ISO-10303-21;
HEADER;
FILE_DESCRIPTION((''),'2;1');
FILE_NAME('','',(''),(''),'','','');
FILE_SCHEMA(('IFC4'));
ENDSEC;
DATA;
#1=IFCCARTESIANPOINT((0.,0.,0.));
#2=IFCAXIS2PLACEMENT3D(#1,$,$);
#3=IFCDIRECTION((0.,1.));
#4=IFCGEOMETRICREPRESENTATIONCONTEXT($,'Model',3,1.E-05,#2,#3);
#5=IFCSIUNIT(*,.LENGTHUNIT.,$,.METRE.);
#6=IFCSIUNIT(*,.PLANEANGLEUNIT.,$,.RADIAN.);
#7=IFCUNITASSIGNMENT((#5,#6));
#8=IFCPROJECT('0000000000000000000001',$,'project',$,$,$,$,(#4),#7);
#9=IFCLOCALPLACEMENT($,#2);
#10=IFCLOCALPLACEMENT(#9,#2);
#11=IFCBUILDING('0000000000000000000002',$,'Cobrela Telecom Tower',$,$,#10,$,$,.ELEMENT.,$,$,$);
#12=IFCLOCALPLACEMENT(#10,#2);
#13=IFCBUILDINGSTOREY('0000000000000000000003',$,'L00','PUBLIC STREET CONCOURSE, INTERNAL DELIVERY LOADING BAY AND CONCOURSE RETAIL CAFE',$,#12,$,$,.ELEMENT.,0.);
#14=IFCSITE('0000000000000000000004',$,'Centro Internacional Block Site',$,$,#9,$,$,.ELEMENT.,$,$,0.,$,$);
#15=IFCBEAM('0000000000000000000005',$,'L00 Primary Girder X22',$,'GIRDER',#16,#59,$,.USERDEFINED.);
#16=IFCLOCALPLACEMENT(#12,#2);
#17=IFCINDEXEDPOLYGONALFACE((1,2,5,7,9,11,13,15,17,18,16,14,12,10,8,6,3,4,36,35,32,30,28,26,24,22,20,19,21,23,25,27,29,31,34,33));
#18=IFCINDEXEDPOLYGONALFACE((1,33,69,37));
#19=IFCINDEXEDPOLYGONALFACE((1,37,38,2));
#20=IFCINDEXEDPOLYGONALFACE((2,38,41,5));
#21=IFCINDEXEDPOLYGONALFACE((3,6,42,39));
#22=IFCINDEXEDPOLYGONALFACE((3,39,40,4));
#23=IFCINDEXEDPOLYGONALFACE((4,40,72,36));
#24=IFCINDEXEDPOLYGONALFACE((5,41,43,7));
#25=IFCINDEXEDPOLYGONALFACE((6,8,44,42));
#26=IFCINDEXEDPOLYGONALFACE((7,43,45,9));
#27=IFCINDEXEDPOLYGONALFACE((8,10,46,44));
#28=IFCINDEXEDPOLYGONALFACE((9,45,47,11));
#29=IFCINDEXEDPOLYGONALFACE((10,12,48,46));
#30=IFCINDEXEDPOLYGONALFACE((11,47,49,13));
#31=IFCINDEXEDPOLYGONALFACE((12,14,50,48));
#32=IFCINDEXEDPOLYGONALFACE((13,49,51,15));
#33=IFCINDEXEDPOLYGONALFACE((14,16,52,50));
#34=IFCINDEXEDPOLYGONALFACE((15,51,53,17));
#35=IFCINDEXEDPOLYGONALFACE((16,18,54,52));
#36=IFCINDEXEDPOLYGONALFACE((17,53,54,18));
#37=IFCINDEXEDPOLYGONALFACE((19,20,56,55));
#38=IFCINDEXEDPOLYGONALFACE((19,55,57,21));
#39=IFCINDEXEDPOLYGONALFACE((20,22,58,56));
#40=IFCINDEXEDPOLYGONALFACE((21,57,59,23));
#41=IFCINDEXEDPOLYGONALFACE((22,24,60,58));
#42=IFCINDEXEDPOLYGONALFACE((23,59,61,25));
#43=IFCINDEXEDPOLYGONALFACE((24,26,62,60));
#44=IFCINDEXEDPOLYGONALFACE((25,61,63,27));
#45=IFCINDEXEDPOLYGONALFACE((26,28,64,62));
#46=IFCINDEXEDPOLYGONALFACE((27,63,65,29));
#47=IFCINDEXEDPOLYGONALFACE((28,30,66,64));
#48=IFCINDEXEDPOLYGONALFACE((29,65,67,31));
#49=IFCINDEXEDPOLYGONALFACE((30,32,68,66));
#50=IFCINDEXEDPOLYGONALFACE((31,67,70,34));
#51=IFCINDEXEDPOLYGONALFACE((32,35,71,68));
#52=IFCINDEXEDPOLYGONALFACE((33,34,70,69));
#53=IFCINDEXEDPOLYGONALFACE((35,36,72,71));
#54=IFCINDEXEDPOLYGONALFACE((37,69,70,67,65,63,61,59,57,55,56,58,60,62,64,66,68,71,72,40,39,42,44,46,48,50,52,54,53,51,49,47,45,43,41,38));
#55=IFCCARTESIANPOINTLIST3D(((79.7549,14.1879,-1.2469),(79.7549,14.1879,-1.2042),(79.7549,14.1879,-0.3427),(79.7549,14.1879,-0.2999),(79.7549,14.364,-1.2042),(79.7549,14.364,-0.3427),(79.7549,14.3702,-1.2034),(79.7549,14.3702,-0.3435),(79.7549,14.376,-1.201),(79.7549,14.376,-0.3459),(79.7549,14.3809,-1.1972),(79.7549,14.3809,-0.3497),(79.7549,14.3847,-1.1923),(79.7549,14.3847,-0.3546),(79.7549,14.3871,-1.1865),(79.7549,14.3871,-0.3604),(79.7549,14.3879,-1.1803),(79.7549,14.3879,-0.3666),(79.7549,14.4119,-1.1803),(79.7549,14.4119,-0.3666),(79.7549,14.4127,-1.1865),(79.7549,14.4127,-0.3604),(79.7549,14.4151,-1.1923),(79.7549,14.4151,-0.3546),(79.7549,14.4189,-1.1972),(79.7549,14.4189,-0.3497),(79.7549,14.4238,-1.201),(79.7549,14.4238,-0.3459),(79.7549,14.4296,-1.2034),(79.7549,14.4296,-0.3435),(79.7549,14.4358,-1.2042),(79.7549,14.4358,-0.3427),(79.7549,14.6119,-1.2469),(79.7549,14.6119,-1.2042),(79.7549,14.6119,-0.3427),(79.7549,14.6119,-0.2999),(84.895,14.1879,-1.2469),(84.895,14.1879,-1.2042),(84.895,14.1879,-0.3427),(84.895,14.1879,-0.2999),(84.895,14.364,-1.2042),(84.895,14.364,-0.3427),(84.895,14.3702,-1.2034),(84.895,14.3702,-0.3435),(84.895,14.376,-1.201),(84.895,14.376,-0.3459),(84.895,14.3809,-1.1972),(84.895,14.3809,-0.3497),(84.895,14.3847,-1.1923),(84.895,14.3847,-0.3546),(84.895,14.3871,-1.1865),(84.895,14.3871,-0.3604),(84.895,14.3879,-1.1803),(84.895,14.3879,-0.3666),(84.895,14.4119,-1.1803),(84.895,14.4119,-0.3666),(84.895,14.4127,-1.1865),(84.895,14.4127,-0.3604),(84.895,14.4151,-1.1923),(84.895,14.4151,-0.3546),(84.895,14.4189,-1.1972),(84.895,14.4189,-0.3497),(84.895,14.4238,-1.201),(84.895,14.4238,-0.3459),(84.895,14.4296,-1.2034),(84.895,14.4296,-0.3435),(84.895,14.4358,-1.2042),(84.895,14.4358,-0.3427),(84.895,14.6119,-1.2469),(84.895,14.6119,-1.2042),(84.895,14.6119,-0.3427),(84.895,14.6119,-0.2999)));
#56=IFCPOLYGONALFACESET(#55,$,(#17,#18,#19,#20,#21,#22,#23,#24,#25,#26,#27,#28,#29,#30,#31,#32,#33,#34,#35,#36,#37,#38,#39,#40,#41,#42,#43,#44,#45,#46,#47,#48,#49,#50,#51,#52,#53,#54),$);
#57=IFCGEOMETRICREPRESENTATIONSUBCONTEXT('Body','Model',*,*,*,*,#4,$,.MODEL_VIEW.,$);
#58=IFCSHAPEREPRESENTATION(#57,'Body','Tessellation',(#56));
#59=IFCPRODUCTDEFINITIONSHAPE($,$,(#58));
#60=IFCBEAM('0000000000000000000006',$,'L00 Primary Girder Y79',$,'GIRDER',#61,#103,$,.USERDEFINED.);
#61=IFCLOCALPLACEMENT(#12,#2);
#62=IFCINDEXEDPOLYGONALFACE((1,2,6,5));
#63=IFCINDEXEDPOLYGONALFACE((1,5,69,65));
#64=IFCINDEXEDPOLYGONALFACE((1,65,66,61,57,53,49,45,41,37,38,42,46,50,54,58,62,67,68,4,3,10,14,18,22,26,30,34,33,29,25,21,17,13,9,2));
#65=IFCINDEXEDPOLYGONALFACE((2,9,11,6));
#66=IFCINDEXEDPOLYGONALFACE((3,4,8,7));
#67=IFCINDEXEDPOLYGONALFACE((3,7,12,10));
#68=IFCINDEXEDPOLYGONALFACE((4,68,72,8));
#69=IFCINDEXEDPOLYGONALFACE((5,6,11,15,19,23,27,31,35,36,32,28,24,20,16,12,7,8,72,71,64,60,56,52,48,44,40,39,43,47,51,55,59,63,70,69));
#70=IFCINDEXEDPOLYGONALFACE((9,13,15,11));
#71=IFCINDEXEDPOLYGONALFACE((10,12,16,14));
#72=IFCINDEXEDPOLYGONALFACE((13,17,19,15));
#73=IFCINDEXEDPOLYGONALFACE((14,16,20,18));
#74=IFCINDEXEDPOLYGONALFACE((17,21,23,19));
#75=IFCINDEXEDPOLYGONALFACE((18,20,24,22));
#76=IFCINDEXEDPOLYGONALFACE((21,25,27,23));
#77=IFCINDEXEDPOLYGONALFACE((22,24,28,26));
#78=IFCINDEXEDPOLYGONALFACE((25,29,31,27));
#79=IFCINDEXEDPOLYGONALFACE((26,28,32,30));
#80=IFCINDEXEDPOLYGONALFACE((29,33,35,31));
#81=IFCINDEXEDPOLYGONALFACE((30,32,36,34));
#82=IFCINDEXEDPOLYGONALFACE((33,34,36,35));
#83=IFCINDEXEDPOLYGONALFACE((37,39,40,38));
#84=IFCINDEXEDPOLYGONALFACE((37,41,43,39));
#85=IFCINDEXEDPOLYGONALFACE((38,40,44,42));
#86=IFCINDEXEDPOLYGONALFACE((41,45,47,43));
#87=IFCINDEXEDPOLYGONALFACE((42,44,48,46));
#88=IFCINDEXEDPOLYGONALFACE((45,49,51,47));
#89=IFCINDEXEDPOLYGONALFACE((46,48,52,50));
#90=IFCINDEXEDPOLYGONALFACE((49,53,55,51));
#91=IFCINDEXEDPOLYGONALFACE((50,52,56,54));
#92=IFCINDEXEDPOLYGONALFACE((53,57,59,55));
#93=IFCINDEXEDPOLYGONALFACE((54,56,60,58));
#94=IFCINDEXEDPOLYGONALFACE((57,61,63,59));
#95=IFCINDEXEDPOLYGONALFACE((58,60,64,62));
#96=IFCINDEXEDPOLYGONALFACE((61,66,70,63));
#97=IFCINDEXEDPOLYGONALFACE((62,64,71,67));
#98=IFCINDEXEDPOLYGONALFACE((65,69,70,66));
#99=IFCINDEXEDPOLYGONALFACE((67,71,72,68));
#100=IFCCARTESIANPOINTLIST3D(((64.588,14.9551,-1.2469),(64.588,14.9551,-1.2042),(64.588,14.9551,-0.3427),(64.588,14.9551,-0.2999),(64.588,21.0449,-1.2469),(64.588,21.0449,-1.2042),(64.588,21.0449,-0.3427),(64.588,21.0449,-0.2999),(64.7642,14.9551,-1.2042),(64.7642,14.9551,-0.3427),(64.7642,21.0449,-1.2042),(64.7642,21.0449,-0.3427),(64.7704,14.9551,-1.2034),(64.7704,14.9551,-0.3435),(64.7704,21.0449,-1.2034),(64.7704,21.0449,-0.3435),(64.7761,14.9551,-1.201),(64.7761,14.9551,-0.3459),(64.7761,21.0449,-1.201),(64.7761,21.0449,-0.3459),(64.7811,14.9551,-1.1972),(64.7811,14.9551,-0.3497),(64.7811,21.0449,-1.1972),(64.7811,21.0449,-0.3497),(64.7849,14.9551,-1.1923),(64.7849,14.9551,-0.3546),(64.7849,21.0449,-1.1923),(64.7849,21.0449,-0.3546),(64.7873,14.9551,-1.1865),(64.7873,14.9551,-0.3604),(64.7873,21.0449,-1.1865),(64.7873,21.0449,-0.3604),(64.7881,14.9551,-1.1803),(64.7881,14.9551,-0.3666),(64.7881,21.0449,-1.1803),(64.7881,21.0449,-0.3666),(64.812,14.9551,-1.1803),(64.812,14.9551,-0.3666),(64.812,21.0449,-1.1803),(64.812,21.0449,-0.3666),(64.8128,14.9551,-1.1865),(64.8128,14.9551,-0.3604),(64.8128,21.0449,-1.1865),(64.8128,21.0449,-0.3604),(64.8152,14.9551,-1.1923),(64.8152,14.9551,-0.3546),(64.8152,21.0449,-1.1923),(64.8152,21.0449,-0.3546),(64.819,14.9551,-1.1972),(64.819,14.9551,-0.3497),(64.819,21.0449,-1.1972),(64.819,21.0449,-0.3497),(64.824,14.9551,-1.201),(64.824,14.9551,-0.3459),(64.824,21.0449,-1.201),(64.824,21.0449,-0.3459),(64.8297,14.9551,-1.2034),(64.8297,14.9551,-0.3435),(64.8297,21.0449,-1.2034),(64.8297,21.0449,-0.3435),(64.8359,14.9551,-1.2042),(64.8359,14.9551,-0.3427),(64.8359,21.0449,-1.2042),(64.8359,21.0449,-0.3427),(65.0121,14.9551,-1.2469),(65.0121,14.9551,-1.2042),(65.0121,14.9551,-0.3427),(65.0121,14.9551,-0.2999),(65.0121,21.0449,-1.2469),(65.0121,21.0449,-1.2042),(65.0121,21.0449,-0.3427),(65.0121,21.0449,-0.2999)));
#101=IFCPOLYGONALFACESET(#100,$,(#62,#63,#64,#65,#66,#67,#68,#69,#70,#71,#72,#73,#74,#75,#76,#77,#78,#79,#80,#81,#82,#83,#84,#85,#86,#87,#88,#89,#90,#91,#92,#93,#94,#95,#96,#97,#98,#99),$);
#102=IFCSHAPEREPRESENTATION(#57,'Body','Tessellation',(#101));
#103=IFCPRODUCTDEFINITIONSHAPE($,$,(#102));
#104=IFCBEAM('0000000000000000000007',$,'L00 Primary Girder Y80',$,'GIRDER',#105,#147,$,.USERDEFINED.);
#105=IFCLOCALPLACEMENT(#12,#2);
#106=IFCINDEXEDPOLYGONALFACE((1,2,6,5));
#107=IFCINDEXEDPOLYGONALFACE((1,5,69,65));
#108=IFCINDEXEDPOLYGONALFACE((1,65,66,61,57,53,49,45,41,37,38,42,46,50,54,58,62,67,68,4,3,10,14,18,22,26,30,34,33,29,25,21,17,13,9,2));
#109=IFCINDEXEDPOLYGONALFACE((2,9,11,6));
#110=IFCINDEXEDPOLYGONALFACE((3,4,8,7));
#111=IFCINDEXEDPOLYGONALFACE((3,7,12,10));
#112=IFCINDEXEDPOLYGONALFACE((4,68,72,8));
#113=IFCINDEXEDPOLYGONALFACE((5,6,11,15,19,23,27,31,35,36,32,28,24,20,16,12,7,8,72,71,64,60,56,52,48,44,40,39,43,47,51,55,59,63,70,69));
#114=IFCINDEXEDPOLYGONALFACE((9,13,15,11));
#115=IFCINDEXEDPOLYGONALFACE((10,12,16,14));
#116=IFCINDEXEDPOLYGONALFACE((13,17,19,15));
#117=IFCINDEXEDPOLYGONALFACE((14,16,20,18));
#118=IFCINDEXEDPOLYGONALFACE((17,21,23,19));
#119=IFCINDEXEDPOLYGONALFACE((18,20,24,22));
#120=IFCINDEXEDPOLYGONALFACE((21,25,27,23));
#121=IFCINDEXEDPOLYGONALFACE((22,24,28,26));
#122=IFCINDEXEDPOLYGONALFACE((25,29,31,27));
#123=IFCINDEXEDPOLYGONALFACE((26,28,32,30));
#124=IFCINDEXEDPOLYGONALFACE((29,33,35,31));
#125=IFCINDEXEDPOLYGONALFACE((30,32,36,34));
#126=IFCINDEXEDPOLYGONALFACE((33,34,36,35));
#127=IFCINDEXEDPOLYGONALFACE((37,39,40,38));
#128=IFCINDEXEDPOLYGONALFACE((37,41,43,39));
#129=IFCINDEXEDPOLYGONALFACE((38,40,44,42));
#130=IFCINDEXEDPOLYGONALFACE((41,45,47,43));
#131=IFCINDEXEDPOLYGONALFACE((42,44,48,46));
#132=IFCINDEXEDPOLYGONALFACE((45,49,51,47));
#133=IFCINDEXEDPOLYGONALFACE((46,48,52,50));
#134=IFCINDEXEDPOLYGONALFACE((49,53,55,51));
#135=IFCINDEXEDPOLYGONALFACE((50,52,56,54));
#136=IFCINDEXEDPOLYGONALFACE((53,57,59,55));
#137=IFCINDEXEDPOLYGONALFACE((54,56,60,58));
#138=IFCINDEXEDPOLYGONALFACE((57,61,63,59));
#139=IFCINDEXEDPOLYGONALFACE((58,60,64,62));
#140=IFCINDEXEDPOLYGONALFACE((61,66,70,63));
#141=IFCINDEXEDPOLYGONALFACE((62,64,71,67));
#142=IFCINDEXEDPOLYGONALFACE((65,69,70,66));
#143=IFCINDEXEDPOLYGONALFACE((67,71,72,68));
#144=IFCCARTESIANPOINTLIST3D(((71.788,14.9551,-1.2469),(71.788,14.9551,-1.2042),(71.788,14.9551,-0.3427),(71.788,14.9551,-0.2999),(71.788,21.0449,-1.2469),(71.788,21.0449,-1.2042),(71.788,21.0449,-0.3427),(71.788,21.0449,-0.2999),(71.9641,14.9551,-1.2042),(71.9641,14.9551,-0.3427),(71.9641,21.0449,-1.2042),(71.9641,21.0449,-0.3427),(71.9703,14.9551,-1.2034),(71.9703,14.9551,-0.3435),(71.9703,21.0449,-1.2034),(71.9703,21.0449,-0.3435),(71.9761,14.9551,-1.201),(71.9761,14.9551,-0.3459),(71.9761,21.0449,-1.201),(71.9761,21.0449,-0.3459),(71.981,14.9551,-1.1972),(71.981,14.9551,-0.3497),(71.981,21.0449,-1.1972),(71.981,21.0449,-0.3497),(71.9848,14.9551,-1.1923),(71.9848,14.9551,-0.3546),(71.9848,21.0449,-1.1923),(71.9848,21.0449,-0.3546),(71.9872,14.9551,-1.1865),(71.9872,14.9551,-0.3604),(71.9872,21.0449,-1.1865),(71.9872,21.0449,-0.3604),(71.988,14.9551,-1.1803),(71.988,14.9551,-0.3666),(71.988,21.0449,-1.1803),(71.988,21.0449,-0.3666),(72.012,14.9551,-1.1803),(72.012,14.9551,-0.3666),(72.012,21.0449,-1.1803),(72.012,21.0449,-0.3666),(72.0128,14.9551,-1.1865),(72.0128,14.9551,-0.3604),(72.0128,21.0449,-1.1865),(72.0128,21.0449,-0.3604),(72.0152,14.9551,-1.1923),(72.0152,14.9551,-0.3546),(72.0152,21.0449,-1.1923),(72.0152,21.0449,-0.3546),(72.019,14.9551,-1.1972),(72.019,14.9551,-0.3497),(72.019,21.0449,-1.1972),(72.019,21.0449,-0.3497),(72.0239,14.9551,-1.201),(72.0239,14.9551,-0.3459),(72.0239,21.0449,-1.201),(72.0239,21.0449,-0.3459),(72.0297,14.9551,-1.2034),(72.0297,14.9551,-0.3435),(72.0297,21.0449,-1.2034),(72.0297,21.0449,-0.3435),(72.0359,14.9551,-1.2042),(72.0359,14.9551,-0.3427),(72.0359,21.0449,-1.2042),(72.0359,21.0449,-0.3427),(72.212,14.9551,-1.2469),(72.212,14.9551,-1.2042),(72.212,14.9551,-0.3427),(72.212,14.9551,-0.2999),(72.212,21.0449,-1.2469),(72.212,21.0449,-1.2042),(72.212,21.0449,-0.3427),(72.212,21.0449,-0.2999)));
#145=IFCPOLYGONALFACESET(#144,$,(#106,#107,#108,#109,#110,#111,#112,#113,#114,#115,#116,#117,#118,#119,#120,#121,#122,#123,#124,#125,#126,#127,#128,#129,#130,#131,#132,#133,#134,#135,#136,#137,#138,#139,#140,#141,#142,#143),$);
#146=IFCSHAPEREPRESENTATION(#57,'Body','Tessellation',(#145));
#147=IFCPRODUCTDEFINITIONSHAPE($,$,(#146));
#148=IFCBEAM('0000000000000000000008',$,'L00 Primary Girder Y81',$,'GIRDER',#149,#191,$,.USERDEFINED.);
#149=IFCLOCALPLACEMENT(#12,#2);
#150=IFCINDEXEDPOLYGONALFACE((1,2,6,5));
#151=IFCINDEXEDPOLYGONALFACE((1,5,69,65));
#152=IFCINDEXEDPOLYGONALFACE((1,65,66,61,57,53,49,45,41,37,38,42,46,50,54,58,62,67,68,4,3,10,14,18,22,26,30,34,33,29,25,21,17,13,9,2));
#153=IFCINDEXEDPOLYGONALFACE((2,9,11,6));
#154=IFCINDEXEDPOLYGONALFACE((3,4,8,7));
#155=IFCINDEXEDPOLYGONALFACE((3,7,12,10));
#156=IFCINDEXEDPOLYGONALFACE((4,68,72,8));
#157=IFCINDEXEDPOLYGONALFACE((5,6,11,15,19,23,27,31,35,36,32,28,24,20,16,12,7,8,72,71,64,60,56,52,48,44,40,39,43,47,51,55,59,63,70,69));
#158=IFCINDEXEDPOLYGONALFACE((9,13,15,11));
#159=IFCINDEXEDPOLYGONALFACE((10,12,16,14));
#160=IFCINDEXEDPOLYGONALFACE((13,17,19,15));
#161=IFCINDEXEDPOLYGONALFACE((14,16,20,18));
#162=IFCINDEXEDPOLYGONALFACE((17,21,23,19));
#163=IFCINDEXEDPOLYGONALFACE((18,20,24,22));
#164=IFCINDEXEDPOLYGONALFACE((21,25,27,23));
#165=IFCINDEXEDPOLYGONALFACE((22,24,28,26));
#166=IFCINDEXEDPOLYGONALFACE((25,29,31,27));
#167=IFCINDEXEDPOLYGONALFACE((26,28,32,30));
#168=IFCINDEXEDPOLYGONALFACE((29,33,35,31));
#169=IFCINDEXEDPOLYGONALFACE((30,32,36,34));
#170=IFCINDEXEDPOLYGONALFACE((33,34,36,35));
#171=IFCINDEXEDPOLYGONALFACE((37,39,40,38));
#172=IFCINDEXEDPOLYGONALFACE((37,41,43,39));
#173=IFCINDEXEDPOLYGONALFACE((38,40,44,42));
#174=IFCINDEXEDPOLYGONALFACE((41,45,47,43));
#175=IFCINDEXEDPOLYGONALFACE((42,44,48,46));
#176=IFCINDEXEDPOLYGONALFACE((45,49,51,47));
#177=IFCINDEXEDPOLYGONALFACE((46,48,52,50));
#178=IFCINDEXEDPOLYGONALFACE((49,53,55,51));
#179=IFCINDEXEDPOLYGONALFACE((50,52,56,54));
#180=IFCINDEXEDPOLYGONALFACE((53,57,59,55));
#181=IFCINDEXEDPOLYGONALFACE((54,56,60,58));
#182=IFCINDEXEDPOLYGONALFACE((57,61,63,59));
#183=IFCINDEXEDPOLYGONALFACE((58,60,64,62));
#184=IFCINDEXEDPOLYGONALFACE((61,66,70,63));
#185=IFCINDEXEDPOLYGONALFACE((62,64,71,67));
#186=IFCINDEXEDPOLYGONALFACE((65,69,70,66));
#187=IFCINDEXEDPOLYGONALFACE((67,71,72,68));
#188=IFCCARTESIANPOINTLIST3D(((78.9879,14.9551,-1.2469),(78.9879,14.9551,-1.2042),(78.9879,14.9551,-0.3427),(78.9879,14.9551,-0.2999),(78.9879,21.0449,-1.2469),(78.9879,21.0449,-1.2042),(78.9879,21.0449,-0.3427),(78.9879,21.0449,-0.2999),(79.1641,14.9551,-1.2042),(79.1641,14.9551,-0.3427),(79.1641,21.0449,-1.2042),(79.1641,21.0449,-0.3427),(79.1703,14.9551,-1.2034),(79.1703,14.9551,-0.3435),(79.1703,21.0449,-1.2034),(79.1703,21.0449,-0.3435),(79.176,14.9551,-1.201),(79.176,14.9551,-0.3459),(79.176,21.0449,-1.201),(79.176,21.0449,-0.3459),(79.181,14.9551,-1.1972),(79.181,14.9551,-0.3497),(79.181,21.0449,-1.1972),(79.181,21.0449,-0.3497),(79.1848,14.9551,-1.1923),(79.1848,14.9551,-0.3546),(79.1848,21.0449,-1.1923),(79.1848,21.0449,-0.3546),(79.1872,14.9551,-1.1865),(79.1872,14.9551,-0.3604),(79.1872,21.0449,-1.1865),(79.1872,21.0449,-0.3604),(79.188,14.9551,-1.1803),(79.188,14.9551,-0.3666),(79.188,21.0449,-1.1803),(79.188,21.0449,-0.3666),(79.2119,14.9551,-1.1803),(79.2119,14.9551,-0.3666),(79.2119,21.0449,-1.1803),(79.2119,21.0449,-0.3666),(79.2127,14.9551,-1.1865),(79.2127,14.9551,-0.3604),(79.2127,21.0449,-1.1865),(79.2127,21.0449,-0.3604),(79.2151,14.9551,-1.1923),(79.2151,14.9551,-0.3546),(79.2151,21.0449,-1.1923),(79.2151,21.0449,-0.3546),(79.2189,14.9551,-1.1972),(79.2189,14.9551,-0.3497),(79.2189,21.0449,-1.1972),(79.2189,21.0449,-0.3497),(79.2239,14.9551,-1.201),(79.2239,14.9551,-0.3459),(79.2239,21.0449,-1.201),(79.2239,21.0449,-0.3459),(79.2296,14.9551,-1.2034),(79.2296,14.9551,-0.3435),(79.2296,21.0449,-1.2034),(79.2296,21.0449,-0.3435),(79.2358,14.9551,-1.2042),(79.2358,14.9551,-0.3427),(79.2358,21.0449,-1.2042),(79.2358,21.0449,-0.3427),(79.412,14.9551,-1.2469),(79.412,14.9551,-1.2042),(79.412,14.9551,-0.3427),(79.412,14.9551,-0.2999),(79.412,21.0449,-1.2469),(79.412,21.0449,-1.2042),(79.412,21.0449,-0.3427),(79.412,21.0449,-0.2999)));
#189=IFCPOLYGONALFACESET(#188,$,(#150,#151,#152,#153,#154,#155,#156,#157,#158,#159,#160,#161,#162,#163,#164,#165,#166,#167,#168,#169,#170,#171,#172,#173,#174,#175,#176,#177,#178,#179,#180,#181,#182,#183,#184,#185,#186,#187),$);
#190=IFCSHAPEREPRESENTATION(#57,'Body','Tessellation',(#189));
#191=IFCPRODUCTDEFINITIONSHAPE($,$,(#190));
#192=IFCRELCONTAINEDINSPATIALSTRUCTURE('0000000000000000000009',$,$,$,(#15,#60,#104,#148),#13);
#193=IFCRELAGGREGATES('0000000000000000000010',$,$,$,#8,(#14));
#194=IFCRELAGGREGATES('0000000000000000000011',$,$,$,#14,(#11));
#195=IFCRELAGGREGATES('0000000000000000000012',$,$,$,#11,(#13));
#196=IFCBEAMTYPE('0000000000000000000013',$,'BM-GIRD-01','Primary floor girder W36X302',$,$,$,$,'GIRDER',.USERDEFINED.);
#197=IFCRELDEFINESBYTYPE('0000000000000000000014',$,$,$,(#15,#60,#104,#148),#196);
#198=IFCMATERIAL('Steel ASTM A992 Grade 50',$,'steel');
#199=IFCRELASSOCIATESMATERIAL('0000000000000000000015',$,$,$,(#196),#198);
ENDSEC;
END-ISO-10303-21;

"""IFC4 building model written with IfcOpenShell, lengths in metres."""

from ifc_helpers import new_model, si_unit, direction, frame, origin, origin_2d, place, context, subcontext, project, spatial, i_section, extrude, material, material_profile, profile_set, type_object, element, save


model = new_model("IFC4")

# Units and contexts
model_context = context("Model", 3, precision=1e-05, world=origin(), true_north=direction((0.0, 1.0)))
body_context = subcontext(model_context, "Body", "Model", "MODEL_VIEW")
ifc_project = project(units=[si_unit("LENGTHUNIT", "METRE"), si_unit("PLANEANGLEUNIT", "RADIAN")], contexts=[model_context])

# Site, building, storey
site_placement = place(None, origin())
site = spatial("IfcSite", under=ifc_project, at=site_placement, Name="Centro Internacional Block Site", CompositionType="ELEMENT", RefElevation=0.0)
building_placement = place(site_placement, origin())
building = spatial("IfcBuilding", under=site, at=building_placement, Name="Cobrela Telecom Tower", CompositionType="ELEMENT")
storey_placement = place(building_placement, origin())
storey = spatial("IfcBuildingStorey", under=building, at=storey_placement, Name="L00", Description="PUBLIC STREET CONCOURSE, INTERNAL DELIVERY LOADING BAY AND CONCOURSE RETAIL CAFE", CompositionType="ELEMENT", Elevation=0.0)

# Beams
ifc_material_1 = material(Name="Steel ASTM A992 Grade 50", Category="steel")
ifc_material_profile_1 = material_profile(ifc_material_1, i_section(OverallWidth=0.4241, OverallDepth=0.947, WebThickness=0.0239, FlangeThickness=0.0427, FilletRadius=0.0239, at=origin_2d()), Name="W36X302")
ifc_profile_set_1 = profile_set([ifc_material_profile_1], Name="Steel ASTM A992 Grade 50")
beam_type_1 = type_object("IfcBeamType", Name="BM-GIRD-01", Description="Primary floor girder W36X302", ElementType="GIRDER", PredefinedType="USERDEFINED", material=ifc_profile_set_1)
beam_1_placement = place(storey_placement, frame((79.7549, 14.3999, -0.7734), z_axis=(1.0, 0.0, 0.0), x_axis=(0.0, 1.0, 0.0)))
element("IfcBeam", 1, at=beam_1_placement, inside=storey, type_object=beam_type_1, Name="L00 Primary Girder X22", ObjectType="GIRDER", PredefinedType="USERDEFINED", context=body_context, shape_type="SweptSolid", body=[
    extrude(i_section(OverallWidth=0.4241, OverallDepth=0.947, WebThickness=0.0239, FlangeThickness=0.0427, FilletRadius=0.0239, at=origin_2d()), origin(), (0.0, 0.0, 1.0), 5.1401),
])
for number, where, z_axis, x_axis, name in (
    (2, (64.8, 14.9551, -0.7734), (0.0, 1.0, 0.0), (-1.0, 0.0, 0.0), "L00 Primary Girder Y79"),
    (3, (72.0, 14.9551, -0.7734), (0.0, 1.0, 0.0), (-1.0, 0.0, 0.0), "L00 Primary Girder Y80"),
    (4, (79.2, 14.9551, -0.7734), (0.0, 1.0, 0.0), (-1.0, 0.0, 0.0), "L00 Primary Girder Y81"),
):
    element("IfcBeam", number, at=place(storey_placement, frame(where, z_axis=z_axis, x_axis=x_axis)), inside=storey, type_object=beam_type_1, Name=name, ObjectType="GIRDER", PredefinedType="USERDEFINED", context=body_context, shape_type="SweptSolid", body=[
        extrude(i_section(OverallWidth=0.4241, OverallDepth=0.947, WebThickness=0.0239, FlangeThickness=0.0427, FilletRadius=0.0239, at=origin_2d()), origin(), (0.0, 0.0, 1.0), 6.0898),
    ])

save(model, "model.ifc")
